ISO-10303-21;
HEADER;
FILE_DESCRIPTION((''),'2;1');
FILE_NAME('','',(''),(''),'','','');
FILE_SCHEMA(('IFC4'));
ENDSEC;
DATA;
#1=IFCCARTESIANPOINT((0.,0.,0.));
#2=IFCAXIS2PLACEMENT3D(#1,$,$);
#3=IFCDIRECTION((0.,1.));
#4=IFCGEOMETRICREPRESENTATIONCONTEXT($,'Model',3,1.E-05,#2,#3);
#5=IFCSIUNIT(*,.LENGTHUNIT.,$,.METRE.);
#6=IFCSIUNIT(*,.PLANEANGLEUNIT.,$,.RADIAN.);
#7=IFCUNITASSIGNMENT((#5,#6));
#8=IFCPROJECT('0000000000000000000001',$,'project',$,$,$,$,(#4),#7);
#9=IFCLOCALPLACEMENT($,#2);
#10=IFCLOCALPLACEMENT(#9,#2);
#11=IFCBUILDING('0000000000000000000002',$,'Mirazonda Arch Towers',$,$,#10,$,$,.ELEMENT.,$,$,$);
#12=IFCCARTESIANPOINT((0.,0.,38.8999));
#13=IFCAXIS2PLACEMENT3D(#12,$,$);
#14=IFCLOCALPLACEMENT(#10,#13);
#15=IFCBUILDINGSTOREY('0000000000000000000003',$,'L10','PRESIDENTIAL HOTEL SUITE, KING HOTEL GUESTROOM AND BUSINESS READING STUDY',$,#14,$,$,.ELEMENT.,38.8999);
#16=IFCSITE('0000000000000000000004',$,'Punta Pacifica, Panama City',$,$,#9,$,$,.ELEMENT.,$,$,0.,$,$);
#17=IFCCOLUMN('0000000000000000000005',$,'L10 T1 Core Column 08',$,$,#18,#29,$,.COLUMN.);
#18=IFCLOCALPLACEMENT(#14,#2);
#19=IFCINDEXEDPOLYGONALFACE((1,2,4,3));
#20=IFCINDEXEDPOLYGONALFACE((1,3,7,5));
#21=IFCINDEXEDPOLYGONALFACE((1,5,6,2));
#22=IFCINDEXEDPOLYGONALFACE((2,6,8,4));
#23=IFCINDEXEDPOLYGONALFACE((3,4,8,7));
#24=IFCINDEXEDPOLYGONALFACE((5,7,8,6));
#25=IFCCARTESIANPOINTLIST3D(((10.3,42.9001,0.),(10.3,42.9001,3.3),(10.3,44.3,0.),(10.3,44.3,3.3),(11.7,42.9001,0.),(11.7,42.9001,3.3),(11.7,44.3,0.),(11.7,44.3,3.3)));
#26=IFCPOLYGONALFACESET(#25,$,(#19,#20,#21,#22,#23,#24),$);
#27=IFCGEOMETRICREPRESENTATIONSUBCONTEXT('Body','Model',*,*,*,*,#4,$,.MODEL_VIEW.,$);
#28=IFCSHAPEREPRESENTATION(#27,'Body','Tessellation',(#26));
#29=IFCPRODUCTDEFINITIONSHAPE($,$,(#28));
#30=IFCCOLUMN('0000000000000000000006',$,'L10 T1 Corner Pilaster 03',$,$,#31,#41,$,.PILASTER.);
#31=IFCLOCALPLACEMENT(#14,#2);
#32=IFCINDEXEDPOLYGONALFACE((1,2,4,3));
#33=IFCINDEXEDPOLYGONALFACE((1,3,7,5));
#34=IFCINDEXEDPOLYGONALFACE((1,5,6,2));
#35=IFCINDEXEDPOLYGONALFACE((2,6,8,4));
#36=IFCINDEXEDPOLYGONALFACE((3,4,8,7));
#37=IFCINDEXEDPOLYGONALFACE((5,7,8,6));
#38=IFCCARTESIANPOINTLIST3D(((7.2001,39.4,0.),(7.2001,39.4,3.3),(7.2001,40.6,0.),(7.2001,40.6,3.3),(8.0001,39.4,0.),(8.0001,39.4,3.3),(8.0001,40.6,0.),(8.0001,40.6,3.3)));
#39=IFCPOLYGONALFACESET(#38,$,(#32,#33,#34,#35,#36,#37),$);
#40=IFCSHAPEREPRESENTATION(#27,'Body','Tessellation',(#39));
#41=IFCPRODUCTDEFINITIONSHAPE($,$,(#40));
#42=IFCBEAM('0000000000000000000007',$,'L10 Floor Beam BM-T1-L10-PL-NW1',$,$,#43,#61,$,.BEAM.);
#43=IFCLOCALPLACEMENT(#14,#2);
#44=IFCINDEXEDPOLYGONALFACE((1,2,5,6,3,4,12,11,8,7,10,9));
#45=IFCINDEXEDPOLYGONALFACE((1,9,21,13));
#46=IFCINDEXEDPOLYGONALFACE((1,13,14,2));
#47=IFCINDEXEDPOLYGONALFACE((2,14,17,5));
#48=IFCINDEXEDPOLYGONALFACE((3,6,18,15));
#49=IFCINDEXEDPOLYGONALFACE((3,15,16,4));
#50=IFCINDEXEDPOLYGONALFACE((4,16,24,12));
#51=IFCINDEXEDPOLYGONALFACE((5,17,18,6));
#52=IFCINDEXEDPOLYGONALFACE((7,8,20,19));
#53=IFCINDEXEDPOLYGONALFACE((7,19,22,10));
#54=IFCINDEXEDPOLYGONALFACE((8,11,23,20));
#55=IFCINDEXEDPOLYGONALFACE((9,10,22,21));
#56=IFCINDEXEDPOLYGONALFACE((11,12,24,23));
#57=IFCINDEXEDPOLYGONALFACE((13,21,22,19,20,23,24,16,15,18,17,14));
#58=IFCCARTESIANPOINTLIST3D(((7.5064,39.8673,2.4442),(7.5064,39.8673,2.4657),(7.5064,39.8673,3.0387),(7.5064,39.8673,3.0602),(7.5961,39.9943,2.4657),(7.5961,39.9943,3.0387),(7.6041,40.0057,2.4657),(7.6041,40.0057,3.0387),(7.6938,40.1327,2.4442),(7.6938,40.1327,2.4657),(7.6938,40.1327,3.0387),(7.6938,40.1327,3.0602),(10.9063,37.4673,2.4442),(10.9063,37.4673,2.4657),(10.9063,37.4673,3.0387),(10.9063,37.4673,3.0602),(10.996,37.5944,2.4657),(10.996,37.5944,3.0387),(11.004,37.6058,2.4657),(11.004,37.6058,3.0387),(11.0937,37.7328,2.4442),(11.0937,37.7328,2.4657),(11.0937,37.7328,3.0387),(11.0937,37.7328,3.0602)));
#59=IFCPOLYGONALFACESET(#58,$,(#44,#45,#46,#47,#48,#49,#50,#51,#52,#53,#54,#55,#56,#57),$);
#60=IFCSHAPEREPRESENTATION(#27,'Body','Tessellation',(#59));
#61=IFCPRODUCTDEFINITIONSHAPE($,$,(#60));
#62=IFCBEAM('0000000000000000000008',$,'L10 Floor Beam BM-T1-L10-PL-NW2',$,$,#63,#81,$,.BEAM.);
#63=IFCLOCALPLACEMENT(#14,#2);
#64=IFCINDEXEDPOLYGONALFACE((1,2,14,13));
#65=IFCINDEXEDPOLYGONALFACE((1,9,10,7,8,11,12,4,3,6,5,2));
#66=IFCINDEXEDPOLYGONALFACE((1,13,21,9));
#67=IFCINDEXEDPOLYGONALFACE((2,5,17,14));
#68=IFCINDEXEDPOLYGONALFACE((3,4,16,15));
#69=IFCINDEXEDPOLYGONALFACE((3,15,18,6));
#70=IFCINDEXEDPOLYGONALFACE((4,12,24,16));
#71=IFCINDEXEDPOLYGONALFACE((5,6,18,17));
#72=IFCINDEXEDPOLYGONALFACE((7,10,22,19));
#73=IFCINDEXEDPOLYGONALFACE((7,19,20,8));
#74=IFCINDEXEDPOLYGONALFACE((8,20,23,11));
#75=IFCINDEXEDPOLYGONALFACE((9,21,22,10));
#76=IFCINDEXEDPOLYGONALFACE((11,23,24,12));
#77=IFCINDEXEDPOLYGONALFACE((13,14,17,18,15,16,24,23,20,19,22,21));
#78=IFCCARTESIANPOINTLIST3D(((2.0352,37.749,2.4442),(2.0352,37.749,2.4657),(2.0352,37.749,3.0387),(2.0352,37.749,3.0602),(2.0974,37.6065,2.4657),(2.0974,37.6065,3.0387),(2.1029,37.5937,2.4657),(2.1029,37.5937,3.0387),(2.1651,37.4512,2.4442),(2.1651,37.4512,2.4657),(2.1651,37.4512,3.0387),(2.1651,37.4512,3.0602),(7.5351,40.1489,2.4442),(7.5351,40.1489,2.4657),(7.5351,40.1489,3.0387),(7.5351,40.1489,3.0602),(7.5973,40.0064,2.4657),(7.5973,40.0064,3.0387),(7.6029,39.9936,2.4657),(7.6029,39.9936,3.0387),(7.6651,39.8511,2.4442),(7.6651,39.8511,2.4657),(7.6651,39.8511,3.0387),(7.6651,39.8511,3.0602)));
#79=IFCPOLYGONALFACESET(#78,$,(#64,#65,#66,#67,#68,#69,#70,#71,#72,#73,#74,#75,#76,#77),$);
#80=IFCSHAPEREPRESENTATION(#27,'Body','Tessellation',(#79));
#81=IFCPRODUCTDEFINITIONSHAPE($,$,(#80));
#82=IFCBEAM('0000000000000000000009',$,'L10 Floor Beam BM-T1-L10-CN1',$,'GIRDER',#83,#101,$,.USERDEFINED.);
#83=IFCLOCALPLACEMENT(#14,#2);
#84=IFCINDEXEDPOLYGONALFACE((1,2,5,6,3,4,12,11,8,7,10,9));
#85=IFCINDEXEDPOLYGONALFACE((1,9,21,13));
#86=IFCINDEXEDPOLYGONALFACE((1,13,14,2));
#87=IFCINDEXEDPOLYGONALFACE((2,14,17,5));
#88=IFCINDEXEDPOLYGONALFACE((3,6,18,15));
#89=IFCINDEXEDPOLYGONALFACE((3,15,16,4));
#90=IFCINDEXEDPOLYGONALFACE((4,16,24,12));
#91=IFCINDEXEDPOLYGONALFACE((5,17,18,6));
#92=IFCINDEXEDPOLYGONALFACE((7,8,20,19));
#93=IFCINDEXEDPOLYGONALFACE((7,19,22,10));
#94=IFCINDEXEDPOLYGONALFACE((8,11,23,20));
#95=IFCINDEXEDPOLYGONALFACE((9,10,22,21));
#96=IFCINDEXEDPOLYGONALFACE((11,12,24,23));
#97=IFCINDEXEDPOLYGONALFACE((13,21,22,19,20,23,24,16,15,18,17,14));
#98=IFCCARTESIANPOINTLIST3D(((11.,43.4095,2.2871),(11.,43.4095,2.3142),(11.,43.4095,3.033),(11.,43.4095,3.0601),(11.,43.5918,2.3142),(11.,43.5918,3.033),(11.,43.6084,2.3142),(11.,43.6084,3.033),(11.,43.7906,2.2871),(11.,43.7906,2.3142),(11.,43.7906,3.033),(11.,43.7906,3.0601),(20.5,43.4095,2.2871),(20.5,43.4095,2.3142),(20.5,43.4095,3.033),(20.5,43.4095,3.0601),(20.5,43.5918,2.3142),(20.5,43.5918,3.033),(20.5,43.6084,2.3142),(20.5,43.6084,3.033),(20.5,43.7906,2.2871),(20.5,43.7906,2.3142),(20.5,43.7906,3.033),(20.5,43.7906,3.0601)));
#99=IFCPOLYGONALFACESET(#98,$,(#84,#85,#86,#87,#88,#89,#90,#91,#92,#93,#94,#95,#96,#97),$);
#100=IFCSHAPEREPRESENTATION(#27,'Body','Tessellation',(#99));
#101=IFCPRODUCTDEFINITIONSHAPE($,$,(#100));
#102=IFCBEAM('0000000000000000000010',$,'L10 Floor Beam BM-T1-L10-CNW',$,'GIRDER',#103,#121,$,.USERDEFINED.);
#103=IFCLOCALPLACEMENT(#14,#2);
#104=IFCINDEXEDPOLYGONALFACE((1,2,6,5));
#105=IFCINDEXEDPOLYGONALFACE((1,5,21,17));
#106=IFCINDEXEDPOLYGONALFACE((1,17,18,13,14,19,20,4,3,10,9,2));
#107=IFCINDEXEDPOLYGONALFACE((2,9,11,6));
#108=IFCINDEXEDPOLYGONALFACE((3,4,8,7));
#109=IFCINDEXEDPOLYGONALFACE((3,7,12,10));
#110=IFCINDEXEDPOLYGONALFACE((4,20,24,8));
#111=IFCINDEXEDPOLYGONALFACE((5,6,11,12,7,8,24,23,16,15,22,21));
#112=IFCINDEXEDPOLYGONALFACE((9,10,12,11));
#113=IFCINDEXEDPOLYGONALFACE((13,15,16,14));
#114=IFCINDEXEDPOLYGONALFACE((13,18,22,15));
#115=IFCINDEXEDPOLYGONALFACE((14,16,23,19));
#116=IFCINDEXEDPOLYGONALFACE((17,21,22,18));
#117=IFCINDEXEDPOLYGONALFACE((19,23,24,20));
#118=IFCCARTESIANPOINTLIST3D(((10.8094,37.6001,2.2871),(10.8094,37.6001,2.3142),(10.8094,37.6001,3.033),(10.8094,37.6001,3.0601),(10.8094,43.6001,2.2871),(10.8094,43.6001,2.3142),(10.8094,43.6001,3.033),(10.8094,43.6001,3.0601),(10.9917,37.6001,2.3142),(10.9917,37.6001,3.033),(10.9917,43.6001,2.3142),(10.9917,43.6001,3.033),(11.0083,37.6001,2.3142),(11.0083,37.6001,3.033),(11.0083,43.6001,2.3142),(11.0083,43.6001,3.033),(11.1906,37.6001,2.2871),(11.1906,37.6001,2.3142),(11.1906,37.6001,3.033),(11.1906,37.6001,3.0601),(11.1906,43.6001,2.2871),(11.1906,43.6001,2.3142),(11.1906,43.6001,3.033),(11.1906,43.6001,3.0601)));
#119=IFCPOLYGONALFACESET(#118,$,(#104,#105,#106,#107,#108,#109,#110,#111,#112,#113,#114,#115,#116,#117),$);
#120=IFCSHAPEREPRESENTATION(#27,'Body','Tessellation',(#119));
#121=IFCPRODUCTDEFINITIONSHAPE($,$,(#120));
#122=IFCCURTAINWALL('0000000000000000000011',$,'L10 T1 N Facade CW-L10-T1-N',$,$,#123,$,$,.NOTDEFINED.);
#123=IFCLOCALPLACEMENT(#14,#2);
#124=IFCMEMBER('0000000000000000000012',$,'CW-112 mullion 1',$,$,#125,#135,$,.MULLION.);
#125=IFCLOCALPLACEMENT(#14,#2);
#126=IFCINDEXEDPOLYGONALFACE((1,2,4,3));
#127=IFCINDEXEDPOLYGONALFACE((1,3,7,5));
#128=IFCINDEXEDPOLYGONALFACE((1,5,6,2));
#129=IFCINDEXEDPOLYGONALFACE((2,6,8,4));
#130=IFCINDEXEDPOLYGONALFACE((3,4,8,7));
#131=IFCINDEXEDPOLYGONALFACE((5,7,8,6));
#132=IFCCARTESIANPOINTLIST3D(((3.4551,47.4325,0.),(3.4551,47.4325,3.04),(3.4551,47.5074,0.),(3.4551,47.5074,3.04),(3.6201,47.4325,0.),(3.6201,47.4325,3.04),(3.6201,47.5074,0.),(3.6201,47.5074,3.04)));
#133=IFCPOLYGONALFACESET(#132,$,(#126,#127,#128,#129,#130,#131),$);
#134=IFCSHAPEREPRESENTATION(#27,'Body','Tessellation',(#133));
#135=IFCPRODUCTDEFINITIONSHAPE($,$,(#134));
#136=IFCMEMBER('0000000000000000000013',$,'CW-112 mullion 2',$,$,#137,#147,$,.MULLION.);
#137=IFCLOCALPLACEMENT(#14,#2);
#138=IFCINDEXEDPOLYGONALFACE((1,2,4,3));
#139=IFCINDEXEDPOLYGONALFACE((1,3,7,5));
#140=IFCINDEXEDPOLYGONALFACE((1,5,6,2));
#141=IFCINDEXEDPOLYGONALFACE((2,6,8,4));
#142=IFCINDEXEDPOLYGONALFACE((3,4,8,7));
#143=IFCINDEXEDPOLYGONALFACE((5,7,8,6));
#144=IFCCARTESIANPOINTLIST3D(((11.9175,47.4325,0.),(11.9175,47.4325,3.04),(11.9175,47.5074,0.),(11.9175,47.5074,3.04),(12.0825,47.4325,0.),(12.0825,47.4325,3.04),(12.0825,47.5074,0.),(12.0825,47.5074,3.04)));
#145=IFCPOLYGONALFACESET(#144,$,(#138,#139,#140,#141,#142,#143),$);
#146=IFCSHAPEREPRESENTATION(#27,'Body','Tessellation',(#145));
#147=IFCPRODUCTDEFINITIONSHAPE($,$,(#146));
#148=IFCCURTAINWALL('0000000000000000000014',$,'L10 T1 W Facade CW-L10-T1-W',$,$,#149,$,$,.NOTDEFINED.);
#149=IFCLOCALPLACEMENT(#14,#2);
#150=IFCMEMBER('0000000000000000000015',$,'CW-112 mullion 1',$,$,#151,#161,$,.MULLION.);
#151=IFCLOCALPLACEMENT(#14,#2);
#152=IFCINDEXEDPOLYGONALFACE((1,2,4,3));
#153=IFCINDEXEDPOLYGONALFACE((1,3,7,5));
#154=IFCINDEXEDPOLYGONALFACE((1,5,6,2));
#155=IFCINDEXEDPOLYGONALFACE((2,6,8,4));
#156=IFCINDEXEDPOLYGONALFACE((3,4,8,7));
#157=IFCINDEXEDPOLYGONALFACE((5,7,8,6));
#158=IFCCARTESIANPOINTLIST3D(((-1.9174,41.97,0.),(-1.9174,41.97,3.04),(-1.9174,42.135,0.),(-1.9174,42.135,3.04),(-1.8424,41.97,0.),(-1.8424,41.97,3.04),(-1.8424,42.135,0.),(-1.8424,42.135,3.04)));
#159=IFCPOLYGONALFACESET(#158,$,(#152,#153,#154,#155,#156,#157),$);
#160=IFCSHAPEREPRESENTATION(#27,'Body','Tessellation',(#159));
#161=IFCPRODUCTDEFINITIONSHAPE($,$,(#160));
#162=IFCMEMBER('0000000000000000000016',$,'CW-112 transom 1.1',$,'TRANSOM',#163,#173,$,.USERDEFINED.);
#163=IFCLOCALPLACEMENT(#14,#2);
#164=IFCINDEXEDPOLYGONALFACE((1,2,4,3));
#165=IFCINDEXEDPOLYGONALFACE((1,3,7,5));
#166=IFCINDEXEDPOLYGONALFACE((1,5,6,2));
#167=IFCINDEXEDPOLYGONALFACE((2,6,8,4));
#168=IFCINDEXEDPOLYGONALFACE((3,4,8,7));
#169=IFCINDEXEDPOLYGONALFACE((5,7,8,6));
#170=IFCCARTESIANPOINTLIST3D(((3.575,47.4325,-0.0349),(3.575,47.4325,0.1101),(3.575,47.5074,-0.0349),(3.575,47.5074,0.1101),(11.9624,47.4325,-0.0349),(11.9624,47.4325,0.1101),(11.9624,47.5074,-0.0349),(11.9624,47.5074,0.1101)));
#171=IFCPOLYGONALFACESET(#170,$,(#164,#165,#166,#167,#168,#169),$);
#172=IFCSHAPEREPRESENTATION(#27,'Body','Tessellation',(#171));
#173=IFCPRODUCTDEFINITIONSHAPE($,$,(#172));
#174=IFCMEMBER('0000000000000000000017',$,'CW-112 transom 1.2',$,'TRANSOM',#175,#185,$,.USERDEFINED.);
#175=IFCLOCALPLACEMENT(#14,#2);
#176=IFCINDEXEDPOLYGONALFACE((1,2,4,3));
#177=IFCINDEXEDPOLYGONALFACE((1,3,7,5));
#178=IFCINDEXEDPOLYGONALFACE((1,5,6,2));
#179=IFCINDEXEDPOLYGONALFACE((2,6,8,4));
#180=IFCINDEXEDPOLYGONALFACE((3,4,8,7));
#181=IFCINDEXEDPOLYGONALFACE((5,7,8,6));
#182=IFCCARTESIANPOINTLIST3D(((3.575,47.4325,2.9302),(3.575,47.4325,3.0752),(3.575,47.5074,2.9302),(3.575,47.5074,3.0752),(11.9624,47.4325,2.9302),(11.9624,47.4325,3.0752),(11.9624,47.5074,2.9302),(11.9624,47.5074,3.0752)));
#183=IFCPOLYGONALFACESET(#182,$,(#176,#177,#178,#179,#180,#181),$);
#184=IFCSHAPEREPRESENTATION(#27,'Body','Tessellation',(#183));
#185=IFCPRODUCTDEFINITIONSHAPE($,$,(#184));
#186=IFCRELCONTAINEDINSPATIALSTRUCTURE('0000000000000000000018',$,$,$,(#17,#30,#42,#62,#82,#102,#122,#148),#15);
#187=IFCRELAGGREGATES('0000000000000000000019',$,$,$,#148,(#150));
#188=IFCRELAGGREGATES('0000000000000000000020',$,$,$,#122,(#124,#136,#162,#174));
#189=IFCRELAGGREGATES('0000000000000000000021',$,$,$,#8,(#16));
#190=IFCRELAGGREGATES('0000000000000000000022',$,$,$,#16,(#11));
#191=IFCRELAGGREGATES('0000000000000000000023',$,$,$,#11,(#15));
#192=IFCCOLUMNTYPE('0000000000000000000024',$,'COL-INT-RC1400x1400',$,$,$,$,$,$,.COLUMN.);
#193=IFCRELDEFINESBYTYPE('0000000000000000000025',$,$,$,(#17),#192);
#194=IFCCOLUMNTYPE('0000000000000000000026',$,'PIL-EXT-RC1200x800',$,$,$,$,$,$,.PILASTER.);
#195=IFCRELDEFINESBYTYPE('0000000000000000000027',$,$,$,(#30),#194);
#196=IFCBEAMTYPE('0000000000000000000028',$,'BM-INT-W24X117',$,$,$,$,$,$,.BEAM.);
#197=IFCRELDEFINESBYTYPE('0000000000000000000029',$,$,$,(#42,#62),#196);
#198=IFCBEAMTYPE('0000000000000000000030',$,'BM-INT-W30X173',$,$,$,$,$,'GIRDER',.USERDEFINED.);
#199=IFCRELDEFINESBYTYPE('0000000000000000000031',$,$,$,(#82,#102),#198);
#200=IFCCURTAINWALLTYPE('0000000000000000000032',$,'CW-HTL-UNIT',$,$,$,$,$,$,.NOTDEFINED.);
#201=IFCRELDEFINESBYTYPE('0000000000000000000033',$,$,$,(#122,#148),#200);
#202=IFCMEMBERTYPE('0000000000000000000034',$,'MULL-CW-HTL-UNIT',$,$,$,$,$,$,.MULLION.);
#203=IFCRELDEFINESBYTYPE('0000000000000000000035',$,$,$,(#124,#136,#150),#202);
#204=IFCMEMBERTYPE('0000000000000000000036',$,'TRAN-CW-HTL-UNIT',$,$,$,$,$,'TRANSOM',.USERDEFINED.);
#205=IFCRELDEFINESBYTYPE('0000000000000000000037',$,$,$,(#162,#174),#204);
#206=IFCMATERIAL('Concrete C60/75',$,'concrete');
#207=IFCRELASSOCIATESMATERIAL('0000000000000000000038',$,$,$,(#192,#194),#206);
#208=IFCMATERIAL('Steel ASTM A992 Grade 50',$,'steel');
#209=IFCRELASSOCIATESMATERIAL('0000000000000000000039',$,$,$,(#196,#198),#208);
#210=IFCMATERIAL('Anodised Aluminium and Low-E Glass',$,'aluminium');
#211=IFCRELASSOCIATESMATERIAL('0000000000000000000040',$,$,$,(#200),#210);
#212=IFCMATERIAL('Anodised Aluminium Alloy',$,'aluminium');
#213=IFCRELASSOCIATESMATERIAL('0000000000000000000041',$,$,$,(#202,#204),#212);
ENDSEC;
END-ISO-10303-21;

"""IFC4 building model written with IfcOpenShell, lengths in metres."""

from ifc_helpers import new_model, si_unit, direction, frame, origin, origin_2d, place, context, subcontext, project, spatial, rectangle, i_section, extrude, material, material_profile, profile_set, type_object, element, aggregate, save


model = new_model("IFC4")

# Units and contexts
model_context = context("Model", 3, precision=1e-05, world=origin(), true_north=direction((0.0, 1.0)))
body_context = subcontext(model_context, "Body", "Model", "MODEL_VIEW")
ifc_project = project(units=[si_unit("LENGTHUNIT", "METRE"), si_unit("PLANEANGLEUNIT", "RADIAN")], contexts=[model_context])

# Site, building, storey
site_placement = place(None, origin())
site = spatial("IfcSite", under=ifc_project, at=site_placement, Name="Punta Pacifica, Panama City", CompositionType="ELEMENT", RefElevation=0.0)
building_placement = place(site_placement, origin())
building = spatial("IfcBuilding", under=site, at=building_placement, Name="Mirazonda Arch Towers", CompositionType="ELEMENT")
storey_placement = place(building_placement, frame((0.0, 0.0, 38.8999)))
storey = spatial("IfcBuildingStorey", under=building, at=storey_placement, Name="L10", Description="PRESIDENTIAL HOTEL SUITE, KING HOTEL GUESTROOM AND BUSINESS READING STUDY", CompositionType="ELEMENT", Elevation=38.8999)

# Columns
ifc_material_1 = material(Name="Concrete C60/75", Category="concrete")
ifc_material_profile_1 = material_profile(ifc_material_1, rectangle(XDim=1.3999, YDim=1.3999, at=origin_2d()), Name="RC1400x1400")
ifc_profile_set_1 = profile_set([ifc_material_profile_1], Name="Concrete C60/75")
column_type_1 = type_object("IfcColumnType", Name="COL-INT-RC1400x1400", PredefinedType="COLUMN", material=ifc_profile_set_1)
column_1_placement = place(storey_placement, frame((11.0, 43.6001, 0.0), z_axis=(0.0, 0.0, 1.0), x_axis=(1.0, 0.0, 0.0)))
element("IfcColumn", 1, at=column_1_placement, inside=storey, type_object=column_type_1, Name="L10 T1 Core Column 08", PredefinedType="COLUMN", context=body_context, shape_type="SweptSolid", body=[
    extrude(rectangle(XDim=1.3999, YDim=1.3999, at=origin_2d()), origin(), (0.0, 0.0, 1.0), 3.3),
])
ifc_material_profile_2 = material_profile(ifc_material_1, rectangle(XDim=0.8, YDim=1.2, at=origin_2d()), Name="RC1200x800")
ifc_profile_set_2 = profile_set([ifc_material_profile_2], Name="Concrete C60/75")
column_type_2 = type_object("IfcColumnType", Name="PIL-EXT-RC1200x800", PredefinedType="PILASTER", material=ifc_profile_set_2)
column_2_placement = place(storey_placement, frame((7.6001, 40.0, 0.0), z_axis=(0.0, 0.0, 1.0), x_axis=(1.0, 0.0, 0.0)))
element("IfcColumn", 2, at=column_2_placement, inside=storey, type_object=column_type_2, Name="L10 T1 Corner Pilaster 03", PredefinedType="PILASTER", context=body_context, shape_type="SweptSolid", body=[
    extrude(rectangle(XDim=0.8, YDim=1.2, at=origin_2d()), origin(), (0.0, 0.0, 1.0), 3.3),
])

# Beams
ifc_material_2 = material(Name="Steel ASTM A992 Grade 50", Category="steel")
ifc_material_profile_3 = material_profile(ifc_material_2, i_section(OverallWidth=0.325, OverallDepth=0.616, WebThickness=0.0139, FlangeThickness=0.0215, at=origin_2d()), Name="W24X117")
ifc_profile_set_3 = profile_set([ifc_material_profile_3], Name="Steel ASTM A992 Grade 50")
beam_type_1 = type_object("IfcBeamType", Name="BM-INT-W24X117", PredefinedType="BEAM", material=ifc_profile_set_3)
beam_1_placement = place(storey_placement, frame((7.6001, 40.0, 2.7522), z_axis=(0.816971, -0.576679, 0.0), x_axis=(0.576679, 0.816971, 0.0)))
element("IfcBeam", 3, at=beam_1_placement, inside=storey, type_object=beam_type_1, Name="L10 Floor Beam BM-T1-L10-PL-NW1", PredefinedType="BEAM", context=body_context, shape_type="SweptSolid", body=[
    extrude(i_section(OverallWidth=0.325, OverallDepth=0.616, WebThickness=0.0139, FlangeThickness=0.0215, at=origin_2d()), origin(), (0.0, 0.0, 1.0), 4.1616),
])
beam_2_placement = place(storey_placement, frame((7.6001, 40.0, 2.7522), z_axis=(-0.916545, -0.399931, 0.0), x_axis=(0.399931, -0.916545, 0.0)))
element("IfcBeam", 4, at=beam_2_placement, inside=storey, type_object=beam_type_1, Name="L10 Floor Beam BM-T1-L10-PL-NW2", PredefinedType="BEAM", context=body_context, shape_type="SweptSolid", body=[
    extrude(i_section(OverallWidth=0.325, OverallDepth=0.616, WebThickness=0.0139, FlangeThickness=0.0215, at=origin_2d()), origin(), (0.0, 0.0, 1.0), 6.0007),
])
ifc_material_profile_4 = material_profile(ifc_material_2, i_section(OverallWidth=0.3811, OverallDepth=0.7729, WebThickness=0.0166, FlangeThickness=0.0271, at=origin_2d()), Name="W30X173")
ifc_profile_set_4 = profile_set([ifc_material_profile_4], Name="Steel ASTM A992 Grade 50")
beam_type_2 = type_object("IfcBeamType", Name="BM-INT-W30X173", ElementType="GIRDER", PredefinedType="USERDEFINED", material=ifc_profile_set_4)
beam_3_placement = place(storey_placement, frame((11.0, 43.6001, 2.6736), z_axis=(1.0, 0.0, 0.0), x_axis=(0.0, 1.0, 0.0)))
element("IfcBeam", 5, at=beam_3_placement, inside=storey, type_object=beam_type_2, Name="L10 Floor Beam BM-T1-L10-CN1", ObjectType="GIRDER", PredefinedType="USERDEFINED", context=body_context, shape_type="SweptSolid", body=[
    extrude(i_section(OverallWidth=0.3811, OverallDepth=0.7729, WebThickness=0.0166, FlangeThickness=0.0271, at=origin_2d()), origin(), (0.0, 0.0, 1.0), 9.5),
])
beam_4_placement = place(storey_placement, frame((11.0, 37.6001, 2.6736), z_axis=(0.0, 1.0, 0.0), x_axis=(-1.0, 0.0, 0.0)))
element("IfcBeam", 6, at=beam_4_placement, inside=storey, type_object=beam_type_2, Name="L10 Floor Beam BM-T1-L10-CNW", ObjectType="GIRDER", PredefinedType="USERDEFINED", context=body_context, shape_type="SweptSolid", body=[
    extrude(i_section(OverallWidth=0.3811, OverallDepth=0.7729, WebThickness=0.0166, FlangeThickness=0.0271, at=origin_2d()), origin(), (0.0, 0.0, 1.0), 6.0),
])

# Curtain wall, members
ifc_material_3 = material(Name="Anodised Aluminium and Low-E Glass", Category="aluminium")
curtain_wall_type = type_object("IfcCurtainWallType", Name="CW-HTL-UNIT", PredefinedType="NOTDEFINED", material=ifc_material_3)
curtain_wall_1_placement = place(storey_placement, origin())
curtain_wall_1 = element("IfcCurtainWall", 7, at=curtain_wall_1_placement, inside=storey, type_object=curtain_wall_type, Name="L10 T1 N Facade CW-L10-T1-N", PredefinedType="NOTDEFINED")
ifc_material_4 = material(Name="Anodised Aluminium Alloy", Category="aluminium")
ifc_material_profile_5 = material_profile(ifc_material_4, rectangle(XDim=0.075, YDim=0.165, at=origin_2d()), Name="ALU-MULL-75x165")
ifc_profile_set_5 = profile_set([ifc_material_profile_5], Name="Anodised Aluminium Alloy")
member_type_1 = type_object("IfcMemberType", Name="MULL-CW-HTL-UNIT", PredefinedType="MULLION", material=ifc_profile_set_5)
member_1_placement = place(storey_placement, frame((3.5376, 47.47, 0.0), z_axis=(0.0, 0.0, 1.0), x_axis=(0.0, 1.0, 0.0)))
member_1 = element("IfcMember", 8, at=member_1_placement, type_object=member_type_1, Name="CW-112 mullion 1", PredefinedType="MULLION", context=body_context, shape_type="SweptSolid", body=[
    extrude(rectangle(XDim=0.075, YDim=0.165, at=origin_2d()), origin(), (0.0, 0.0, 1.0), 3.04),
])
member_2_placement = place(storey_placement, frame((12.0, 47.47, 0.0), z_axis=(0.0, 0.0, 1.0), x_axis=(0.0, 1.0, 0.0)))
member_2 = element("IfcMember", 9, at=member_2_placement, type_object=member_type_1, Name="CW-112 mullion 2", PredefinedType="MULLION", context=body_context, shape_type="SweptSolid", body=[
    extrude(rectangle(XDim=0.075, YDim=0.165, at=origin_2d()), origin(), (0.0, 0.0, 1.0), 3.04),
])

# Curtain wall, member
curtain_wall_2_placement = place(storey_placement, origin())
curtain_wall_2 = element("IfcCurtainWall", 10, at=curtain_wall_2_placement, inside=storey, type_object=curtain_wall_type, Name="L10 T1 W Facade CW-L10-T1-W", PredefinedType="NOTDEFINED")
member_3_placement = place(storey_placement, frame((-1.8799, 42.0525, 0.0), z_axis=(0.0, 0.0, 1.0), x_axis=(1.0, 0.0, 0.0)))
member_3 = element("IfcMember", 11, at=member_3_placement, type_object=member_type_1, Name="CW-112 mullion 1", PredefinedType="MULLION", context=body_context, shape_type="SweptSolid", body=[
    extrude(rectangle(XDim=0.075, YDim=0.165, at=origin_2d()), origin(), (0.0, 0.0, 1.0), 3.04),
])

# Members
ifc_material_profile_6 = material_profile(ifc_material_4, rectangle(XDim=0.075, YDim=0.145, at=origin_2d()), Name="ALU-TRAN-75x145")
ifc_profile_set_6 = profile_set([ifc_material_profile_6], Name="Anodised Aluminium Alloy")
member_type_2 = type_object("IfcMemberType", Name="TRAN-CW-HTL-UNIT", ElementType="TRANSOM", PredefinedType="USERDEFINED", material=ifc_profile_set_6)
member_4_placement = place(storey_placement, frame((3.575, 47.47, 0.0376), z_axis=(1.0, 0.0, 0.0), x_axis=(0.0, 1.0, 0.0)))
member_4 = element("IfcMember", 12, at=member_4_placement, type_object=member_type_2, Name="CW-112 transom 1.1", ObjectType="TRANSOM", PredefinedType="USERDEFINED", context=body_context, shape_type="SweptSolid", body=[
    extrude(rectangle(XDim=0.075, YDim=0.145, at=origin_2d()), origin(), (0.0, 0.0, 1.0), 8.3875),
])
member_5_placement = place(storey_placement, frame((3.575, 47.47, 3.0027), z_axis=(1.0, 0.0, 0.0), x_axis=(0.0, 1.0, 0.0)))
member_5 = element("IfcMember", 13, at=member_5_placement, type_object=member_type_2, Name="CW-112 transom 1.2", ObjectType="TRANSOM", PredefinedType="USERDEFINED", context=body_context, shape_type="SweptSolid", body=[
    extrude(rectangle(XDim=0.075, YDim=0.145, at=origin_2d()), origin(), (0.0, 0.0, 1.0), 8.3875),
])
aggregate(curtain_wall_2, [member_3])

aggregate(curtain_wall_1, [member_1, member_2, member_4, member_5])

save(model, "model.ifc")
